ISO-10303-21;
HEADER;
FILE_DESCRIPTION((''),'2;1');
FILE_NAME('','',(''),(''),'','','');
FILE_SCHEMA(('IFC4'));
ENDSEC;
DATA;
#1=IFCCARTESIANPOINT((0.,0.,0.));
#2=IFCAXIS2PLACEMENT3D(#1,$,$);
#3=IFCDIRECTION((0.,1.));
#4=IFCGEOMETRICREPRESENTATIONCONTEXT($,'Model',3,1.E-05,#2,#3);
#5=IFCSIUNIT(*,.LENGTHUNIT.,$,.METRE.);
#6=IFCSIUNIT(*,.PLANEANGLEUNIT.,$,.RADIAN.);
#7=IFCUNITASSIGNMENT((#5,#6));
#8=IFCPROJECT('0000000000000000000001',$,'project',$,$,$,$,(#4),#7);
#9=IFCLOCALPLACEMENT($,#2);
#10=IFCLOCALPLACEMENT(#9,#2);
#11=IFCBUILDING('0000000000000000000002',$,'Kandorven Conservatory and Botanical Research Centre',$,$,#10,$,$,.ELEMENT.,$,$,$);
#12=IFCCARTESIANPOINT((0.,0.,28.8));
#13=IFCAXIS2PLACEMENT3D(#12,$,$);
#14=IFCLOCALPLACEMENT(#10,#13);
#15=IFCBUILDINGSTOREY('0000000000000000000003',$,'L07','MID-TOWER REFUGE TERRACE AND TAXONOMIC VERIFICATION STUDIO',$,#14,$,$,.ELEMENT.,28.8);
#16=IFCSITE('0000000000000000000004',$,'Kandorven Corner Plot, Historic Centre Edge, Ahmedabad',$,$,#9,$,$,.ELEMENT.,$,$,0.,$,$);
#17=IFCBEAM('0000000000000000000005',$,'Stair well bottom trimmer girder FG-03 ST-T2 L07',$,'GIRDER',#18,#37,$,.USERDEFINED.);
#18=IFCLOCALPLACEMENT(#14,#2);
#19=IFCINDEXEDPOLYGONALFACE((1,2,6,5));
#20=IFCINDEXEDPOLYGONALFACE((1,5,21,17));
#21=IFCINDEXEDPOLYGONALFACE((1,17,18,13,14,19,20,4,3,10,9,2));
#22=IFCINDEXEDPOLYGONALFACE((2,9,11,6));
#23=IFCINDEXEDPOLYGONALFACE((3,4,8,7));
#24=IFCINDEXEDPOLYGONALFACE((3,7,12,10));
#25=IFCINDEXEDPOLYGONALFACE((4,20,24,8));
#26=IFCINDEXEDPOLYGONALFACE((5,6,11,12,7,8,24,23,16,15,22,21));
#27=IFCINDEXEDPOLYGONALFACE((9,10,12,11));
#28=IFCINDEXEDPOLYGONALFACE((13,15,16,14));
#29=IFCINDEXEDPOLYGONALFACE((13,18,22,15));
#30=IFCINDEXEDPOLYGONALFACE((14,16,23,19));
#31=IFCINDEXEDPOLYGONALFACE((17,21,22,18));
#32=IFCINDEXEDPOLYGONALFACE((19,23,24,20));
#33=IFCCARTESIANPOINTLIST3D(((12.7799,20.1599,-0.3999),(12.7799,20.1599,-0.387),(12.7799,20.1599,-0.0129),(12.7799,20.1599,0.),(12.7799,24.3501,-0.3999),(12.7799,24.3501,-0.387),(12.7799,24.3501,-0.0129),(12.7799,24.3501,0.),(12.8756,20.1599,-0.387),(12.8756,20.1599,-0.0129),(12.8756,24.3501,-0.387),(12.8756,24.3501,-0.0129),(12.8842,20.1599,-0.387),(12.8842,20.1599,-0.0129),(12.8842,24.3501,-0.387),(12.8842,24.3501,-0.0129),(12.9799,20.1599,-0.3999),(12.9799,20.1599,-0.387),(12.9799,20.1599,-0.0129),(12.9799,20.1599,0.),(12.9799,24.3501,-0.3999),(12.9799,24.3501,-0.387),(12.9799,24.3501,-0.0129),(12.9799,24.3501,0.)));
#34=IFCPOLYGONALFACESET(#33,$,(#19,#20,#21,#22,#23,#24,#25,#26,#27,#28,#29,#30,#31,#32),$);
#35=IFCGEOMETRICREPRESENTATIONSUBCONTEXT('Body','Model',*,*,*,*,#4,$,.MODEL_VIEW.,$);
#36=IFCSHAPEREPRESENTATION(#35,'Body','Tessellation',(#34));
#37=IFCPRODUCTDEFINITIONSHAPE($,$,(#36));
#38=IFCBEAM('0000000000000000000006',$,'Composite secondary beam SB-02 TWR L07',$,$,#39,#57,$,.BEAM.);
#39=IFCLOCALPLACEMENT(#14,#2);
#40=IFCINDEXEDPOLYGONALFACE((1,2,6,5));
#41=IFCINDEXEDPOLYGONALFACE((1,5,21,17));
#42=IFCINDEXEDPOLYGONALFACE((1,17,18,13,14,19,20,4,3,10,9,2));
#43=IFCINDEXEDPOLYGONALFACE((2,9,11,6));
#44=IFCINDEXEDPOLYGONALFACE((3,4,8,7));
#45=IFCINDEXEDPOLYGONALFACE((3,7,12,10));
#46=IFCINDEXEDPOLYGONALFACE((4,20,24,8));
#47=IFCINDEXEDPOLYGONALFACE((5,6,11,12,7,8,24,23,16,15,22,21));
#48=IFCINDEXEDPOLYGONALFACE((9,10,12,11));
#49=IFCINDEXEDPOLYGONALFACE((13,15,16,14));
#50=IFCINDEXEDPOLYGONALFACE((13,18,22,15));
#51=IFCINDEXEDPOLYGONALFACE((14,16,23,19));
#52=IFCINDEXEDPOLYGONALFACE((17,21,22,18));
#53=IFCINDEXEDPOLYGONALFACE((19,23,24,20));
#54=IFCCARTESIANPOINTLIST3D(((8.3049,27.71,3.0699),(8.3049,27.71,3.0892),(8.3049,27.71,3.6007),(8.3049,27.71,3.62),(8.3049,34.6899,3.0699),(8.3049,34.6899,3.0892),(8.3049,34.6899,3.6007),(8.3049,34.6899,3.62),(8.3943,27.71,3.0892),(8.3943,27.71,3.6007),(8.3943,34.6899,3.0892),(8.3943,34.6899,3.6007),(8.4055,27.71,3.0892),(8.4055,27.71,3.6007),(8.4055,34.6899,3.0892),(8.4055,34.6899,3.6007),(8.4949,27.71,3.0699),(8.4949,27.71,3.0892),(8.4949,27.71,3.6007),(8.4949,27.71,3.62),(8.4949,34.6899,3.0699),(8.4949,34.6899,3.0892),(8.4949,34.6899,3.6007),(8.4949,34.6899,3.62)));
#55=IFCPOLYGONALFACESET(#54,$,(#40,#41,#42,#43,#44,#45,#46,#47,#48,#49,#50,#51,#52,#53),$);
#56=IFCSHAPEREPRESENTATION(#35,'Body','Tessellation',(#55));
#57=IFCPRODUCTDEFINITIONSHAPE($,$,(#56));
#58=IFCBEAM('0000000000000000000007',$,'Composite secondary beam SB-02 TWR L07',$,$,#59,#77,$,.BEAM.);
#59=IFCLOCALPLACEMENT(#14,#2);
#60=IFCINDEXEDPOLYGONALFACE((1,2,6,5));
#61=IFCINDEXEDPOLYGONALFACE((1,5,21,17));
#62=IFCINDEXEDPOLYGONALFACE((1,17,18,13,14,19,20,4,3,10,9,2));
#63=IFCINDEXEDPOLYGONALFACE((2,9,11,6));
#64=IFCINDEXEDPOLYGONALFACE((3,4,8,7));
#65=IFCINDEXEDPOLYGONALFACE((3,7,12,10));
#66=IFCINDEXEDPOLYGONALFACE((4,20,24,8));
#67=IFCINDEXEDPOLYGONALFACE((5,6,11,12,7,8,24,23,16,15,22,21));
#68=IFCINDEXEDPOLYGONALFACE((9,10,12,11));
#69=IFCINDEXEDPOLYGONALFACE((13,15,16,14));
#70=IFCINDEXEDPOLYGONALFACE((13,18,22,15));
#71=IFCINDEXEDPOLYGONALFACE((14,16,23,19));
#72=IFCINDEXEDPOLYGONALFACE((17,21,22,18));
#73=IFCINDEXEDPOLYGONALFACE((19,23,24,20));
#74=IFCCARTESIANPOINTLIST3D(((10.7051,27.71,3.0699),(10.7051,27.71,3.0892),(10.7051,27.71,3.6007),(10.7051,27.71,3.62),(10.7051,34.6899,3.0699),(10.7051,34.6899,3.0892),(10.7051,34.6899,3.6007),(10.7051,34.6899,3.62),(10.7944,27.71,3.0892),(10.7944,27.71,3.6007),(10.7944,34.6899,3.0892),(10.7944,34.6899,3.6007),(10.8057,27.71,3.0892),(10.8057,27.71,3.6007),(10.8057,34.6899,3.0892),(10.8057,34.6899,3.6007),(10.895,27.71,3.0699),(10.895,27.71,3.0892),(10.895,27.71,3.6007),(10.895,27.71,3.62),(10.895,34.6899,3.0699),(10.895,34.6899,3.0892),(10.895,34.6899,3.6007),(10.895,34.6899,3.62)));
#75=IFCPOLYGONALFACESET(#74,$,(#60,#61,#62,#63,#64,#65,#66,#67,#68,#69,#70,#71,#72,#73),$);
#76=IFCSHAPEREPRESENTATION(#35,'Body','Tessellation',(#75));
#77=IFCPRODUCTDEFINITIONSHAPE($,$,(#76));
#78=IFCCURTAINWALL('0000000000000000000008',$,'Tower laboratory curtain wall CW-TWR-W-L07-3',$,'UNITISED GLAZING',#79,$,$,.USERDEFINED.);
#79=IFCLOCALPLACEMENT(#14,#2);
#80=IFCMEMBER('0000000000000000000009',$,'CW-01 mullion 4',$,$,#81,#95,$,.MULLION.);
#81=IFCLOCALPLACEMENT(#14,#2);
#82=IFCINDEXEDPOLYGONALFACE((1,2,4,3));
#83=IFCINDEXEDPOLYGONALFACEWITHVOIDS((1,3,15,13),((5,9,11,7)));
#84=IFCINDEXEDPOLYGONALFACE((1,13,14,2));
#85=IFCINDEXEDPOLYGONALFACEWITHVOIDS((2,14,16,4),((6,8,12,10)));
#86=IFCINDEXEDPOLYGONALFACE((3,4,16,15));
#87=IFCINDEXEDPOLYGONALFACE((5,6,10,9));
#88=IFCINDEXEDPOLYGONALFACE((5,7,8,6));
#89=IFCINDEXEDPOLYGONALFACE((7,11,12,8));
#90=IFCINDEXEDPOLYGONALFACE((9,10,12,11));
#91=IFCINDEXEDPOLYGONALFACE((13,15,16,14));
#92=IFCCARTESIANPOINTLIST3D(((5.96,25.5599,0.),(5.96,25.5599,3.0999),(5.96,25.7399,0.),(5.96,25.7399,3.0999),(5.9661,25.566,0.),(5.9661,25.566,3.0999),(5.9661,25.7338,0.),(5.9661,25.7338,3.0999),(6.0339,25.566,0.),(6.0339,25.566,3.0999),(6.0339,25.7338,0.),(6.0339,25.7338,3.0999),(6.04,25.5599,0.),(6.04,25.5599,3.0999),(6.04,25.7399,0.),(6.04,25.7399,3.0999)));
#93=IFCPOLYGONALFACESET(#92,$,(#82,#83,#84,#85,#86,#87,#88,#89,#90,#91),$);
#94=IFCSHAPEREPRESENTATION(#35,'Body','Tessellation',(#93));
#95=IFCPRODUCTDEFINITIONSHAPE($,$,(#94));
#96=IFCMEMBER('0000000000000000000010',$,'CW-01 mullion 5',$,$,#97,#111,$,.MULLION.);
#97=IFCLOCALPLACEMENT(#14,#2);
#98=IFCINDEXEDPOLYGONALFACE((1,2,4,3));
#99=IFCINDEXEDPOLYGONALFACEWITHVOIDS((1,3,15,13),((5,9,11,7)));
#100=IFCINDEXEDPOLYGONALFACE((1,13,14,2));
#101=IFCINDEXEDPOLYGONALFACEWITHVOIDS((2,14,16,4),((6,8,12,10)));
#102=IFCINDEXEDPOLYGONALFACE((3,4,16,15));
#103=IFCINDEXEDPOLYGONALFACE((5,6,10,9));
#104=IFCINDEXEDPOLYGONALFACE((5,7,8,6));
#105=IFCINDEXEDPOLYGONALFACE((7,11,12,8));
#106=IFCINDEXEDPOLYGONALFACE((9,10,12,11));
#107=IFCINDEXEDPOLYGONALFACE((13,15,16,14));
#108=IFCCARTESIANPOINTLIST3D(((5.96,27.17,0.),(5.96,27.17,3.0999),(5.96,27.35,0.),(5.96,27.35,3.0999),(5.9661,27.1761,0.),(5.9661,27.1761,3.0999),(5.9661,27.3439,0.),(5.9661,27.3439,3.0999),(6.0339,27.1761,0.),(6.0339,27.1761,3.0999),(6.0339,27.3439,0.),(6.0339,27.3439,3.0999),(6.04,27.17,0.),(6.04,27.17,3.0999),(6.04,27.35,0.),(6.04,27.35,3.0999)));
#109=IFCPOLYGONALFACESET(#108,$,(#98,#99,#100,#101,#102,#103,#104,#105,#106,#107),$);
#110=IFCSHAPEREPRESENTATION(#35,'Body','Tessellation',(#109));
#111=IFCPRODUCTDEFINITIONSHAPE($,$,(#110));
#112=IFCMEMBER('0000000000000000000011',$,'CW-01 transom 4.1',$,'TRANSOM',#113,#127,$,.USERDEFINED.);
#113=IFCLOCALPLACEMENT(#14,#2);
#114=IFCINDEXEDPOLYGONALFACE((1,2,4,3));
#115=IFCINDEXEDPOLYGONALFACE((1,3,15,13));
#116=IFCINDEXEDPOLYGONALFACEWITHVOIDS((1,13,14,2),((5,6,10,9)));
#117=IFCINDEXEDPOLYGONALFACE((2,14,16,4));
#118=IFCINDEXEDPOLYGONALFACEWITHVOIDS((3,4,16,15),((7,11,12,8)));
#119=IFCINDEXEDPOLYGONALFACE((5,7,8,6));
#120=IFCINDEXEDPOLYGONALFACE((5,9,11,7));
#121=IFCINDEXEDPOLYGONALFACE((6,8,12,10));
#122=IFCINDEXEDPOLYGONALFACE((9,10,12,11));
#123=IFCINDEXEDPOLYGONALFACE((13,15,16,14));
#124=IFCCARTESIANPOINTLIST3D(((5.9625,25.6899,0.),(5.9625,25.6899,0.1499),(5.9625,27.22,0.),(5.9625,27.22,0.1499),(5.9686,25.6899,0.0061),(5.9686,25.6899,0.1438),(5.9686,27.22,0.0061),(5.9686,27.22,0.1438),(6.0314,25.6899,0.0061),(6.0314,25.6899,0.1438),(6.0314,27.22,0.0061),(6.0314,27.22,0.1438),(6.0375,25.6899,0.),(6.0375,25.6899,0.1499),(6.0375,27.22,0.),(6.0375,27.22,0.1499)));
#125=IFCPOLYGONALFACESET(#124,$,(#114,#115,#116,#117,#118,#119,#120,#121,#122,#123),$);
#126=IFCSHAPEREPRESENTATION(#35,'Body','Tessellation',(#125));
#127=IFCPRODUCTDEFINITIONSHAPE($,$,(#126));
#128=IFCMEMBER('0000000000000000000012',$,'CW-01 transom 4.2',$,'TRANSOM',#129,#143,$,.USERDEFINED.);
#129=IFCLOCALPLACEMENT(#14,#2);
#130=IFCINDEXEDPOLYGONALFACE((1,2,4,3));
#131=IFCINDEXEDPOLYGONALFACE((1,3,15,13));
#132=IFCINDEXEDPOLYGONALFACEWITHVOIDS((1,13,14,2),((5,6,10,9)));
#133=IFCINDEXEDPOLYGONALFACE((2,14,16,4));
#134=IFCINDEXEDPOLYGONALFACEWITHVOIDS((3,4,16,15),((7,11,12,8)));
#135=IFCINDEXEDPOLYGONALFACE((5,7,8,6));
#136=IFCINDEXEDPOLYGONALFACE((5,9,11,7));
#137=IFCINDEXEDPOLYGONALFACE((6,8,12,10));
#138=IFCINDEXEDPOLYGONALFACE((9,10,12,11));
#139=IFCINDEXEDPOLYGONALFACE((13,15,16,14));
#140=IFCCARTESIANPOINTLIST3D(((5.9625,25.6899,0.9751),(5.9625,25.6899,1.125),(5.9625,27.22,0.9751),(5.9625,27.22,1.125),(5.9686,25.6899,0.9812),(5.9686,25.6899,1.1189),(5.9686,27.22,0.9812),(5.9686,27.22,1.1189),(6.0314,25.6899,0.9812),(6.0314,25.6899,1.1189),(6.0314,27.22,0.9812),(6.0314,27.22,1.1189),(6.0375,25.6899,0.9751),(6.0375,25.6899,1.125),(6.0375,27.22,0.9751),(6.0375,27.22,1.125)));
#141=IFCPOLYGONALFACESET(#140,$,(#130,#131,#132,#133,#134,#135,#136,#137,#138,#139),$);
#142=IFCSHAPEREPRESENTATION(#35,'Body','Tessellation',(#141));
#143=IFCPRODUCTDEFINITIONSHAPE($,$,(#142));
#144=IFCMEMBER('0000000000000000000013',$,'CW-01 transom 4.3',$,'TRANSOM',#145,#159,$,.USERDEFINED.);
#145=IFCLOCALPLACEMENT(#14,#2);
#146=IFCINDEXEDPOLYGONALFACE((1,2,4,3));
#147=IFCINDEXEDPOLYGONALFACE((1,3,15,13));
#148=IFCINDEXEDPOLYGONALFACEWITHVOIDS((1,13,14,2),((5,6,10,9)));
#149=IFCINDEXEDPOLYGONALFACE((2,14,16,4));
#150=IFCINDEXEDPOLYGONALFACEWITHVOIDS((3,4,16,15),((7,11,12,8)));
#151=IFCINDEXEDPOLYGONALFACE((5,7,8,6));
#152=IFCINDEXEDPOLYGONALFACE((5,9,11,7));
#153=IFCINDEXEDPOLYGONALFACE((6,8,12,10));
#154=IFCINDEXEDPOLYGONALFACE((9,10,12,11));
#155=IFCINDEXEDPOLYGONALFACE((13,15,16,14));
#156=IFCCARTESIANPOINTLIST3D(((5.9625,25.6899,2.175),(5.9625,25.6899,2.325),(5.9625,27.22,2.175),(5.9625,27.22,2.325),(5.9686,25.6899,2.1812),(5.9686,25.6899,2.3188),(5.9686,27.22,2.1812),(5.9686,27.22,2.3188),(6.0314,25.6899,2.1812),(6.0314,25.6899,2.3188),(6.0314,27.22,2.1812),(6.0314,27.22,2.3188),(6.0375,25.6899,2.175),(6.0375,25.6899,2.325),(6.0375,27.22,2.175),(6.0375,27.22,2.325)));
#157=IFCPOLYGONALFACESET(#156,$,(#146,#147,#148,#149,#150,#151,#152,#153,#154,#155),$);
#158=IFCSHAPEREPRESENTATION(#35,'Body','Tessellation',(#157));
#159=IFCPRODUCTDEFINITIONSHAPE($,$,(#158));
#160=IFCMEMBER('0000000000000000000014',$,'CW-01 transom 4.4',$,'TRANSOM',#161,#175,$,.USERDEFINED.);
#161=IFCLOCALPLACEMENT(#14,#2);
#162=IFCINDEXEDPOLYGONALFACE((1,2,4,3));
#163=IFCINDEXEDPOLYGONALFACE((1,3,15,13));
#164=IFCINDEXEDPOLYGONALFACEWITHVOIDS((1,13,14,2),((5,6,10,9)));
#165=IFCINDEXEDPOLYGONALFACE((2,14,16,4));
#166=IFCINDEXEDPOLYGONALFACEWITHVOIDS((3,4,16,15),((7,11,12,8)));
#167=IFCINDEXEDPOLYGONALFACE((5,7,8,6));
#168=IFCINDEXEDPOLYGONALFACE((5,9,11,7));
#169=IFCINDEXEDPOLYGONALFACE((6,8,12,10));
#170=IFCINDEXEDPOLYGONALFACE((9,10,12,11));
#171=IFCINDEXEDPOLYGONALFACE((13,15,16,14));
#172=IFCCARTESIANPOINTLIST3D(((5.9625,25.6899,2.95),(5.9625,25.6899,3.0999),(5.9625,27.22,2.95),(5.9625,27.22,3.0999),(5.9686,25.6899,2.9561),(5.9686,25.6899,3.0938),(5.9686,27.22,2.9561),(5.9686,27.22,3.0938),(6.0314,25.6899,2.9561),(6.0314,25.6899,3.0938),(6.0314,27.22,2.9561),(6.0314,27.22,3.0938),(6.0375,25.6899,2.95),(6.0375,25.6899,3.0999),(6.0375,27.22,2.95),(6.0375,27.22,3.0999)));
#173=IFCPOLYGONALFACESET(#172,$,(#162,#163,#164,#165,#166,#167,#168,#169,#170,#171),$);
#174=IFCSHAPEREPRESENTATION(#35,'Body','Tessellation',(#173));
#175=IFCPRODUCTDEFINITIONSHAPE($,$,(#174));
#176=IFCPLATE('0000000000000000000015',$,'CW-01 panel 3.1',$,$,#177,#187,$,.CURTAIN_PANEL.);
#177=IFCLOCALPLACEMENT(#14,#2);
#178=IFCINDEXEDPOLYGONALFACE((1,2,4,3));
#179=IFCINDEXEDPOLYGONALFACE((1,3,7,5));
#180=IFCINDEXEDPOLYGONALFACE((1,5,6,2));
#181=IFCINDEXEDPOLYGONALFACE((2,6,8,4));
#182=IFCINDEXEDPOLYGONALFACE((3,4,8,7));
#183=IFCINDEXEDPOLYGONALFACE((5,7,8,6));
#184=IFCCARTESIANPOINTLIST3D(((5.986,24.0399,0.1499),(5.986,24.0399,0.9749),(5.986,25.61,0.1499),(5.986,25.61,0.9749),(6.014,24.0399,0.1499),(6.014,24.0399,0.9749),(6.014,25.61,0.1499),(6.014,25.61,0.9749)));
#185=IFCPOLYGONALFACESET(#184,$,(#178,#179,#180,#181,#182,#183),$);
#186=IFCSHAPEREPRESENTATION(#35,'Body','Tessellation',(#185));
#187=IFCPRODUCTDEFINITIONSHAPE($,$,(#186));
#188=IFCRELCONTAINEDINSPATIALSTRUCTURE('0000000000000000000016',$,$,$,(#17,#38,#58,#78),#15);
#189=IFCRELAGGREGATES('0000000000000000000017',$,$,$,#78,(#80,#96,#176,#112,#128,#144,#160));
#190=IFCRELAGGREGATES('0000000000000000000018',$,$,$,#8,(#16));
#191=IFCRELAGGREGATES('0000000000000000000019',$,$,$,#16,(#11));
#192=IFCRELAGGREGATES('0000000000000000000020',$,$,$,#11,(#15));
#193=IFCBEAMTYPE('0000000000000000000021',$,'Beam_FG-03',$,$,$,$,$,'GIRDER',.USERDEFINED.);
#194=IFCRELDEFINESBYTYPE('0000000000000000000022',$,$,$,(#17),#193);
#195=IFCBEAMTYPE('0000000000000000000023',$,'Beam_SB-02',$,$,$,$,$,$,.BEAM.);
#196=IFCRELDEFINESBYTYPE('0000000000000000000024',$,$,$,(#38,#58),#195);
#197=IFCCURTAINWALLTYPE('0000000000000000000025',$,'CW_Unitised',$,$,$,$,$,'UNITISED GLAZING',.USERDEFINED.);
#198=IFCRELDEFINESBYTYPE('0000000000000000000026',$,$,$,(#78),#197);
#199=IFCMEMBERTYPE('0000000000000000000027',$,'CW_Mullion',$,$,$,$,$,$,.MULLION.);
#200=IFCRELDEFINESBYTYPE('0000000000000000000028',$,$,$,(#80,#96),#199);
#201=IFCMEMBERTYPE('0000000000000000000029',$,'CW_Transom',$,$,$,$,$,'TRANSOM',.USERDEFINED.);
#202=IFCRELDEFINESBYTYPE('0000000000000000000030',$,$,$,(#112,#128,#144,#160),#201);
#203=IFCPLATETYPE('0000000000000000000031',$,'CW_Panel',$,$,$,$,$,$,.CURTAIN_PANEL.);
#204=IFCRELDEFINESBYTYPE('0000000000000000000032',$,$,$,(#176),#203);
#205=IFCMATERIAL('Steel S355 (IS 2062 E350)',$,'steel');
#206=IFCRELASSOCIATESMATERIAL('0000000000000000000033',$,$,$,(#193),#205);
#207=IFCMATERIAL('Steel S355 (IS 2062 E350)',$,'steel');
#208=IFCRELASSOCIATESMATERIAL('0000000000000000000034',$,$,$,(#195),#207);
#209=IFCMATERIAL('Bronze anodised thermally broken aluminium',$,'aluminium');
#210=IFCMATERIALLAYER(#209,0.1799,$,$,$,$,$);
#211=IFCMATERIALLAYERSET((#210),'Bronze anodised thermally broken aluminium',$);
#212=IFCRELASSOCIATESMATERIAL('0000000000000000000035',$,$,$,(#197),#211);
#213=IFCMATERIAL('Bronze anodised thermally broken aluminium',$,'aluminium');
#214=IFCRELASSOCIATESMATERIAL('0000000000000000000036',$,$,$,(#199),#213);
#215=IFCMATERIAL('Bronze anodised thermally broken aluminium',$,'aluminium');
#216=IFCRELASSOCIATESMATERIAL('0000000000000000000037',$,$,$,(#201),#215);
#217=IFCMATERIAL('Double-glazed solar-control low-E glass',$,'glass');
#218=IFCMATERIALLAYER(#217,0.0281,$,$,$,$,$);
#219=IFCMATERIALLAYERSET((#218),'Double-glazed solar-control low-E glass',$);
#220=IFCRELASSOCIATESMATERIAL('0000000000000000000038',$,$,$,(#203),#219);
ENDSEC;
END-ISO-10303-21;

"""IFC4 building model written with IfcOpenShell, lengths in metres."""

from ifc_helpers import new_model, si_unit, direction, frame, origin, origin_2d, place, context, subcontext, project, spatial, rectangle, hollow_rectangle, i_section, extrude, material, layer, layer_set, material_profile, profile_set, type_object, element, aggregate, save


model = new_model("IFC4")

# Units and contexts
model_context = context("Model", 3, precision=1e-05, world=origin(), true_north=direction((0.0, 1.0)))
body_context = subcontext(model_context, "Body", "Model", "MODEL_VIEW")
ifc_project = project(units=[si_unit("LENGTHUNIT", "METRE"), si_unit("PLANEANGLEUNIT", "RADIAN")], contexts=[model_context])

# Site, building, storey
site_placement = place(None, origin())
site = spatial("IfcSite", under=ifc_project, at=site_placement, Name="Kandorven Corner Plot, Historic Centre Edge, Ahmedabad", CompositionType="ELEMENT", RefElevation=0.0)
building_placement = place(site_placement, origin())
building = spatial("IfcBuilding", under=site, at=building_placement, Name="Kandorven Conservatory and Botanical Research Centre", CompositionType="ELEMENT")
storey_placement = place(building_placement, frame((0.0, 0.0, 28.8)))
storey = spatial("IfcBuildingStorey", under=building, at=storey_placement, Name="L07", Description="MID-TOWER REFUGE TERRACE AND TAXONOMIC VERIFICATION STUDIO", CompositionType="ELEMENT", Elevation=28.8)

# Beams
ifc_material_1 = material(Name="Steel S355 (IS 2062 E350)", Category="steel")
ifc_material_profile_1 = material_profile(ifc_material_1, i_section(OverallWidth=0.2, OverallDepth=0.3999, WebThickness=0.0085, FlangeThickness=0.0129, at=origin_2d()))
ifc_profile_set_1 = profile_set([ifc_material_profile_1], Name="Steel S355 (IS 2062 E350)")
beam_type_1 = type_object("IfcBeamType", Name="Beam_FG-03", ElementType="GIRDER", PredefinedType="USERDEFINED", material=ifc_profile_set_1)
beam_1_placement = place(storey_placement, frame((12.8799, 24.3501, -0.2), z_axis=(0.0, -1.0, 0.0), x_axis=(1.0, 0.0, 0.0)))
element("IfcBeam", 1, at=beam_1_placement, inside=storey, type_object=beam_type_1, Name="Stair well bottom trimmer girder FG-03 ST-T2 L07", ObjectType="GIRDER", PredefinedType="USERDEFINED", context=body_context, shape_type="SweptSolid", body=[
    extrude(i_section(OverallWidth=0.2, OverallDepth=0.3999, WebThickness=0.0085, FlangeThickness=0.0129, at=origin_2d()), origin(), (0.0, 0.0, 1.0), 4.1902),
])
ifc_material_2 = material(Name="Steel S355 (IS 2062 E350)", Category="steel")
ifc_material_profile_2 = material_profile(ifc_material_2, i_section(OverallWidth=0.1899, OverallDepth=0.55, WebThickness=0.0112, FlangeThickness=0.0193, at=origin_2d()))
ifc_profile_set_2 = profile_set([ifc_material_profile_2], Name="Steel S355 (IS 2062 E350)")
beam_type_2 = type_object("IfcBeamType", Name="Beam_SB-02", PredefinedType="BEAM", material=ifc_profile_set_2)
for number, where, z_axis, x_axis, name in (
    (2, (8.3999, 27.71, 3.345), (0.0, 1.0, 0.0), (-1.0, 0.0, 0.0), "Composite secondary beam SB-02 TWR L07"),
    (3, (10.8, 27.71, 3.345), (0.0, 1.0, 0.0), (-1.0, 0.0, 0.0), "Composite secondary beam SB-02 TWR L07"),
):
    element("IfcBeam", number, at=place(storey_placement, frame(where, z_axis=z_axis, x_axis=x_axis)), inside=storey, type_object=beam_type_2, Name=name, PredefinedType="BEAM", context=body_context, shape_type="SweptSolid", body=[
        extrude(i_section(OverallWidth=0.1899, OverallDepth=0.55, WebThickness=0.0112, FlangeThickness=0.0193, at=origin_2d()), origin(), (0.0, 0.0, 1.0), 6.98),
    ])

# Curtain wall, members, plate
ifc_material_3 = material(Name="Bronze anodised thermally broken aluminium", Category="aluminium")
ifc_layer_1 = layer(ifc_material_3, 0.1799)
ifc_layer_set_1 = layer_set([ifc_layer_1], Name="Bronze anodised thermally broken aluminium")
curtain_wall_type = type_object("IfcCurtainWallType", Name="CW_Unitised", ElementType="UNITISED GLAZING", PredefinedType="USERDEFINED", material=ifc_layer_set_1)
curtain_wall_placement = place(storey_placement, origin())
curtain_wall = element("IfcCurtainWall", 4, at=curtain_wall_placement, inside=storey, type_object=curtain_wall_type, Name="Tower laboratory curtain wall CW-TWR-W-L07-3", ObjectType="UNITISED GLAZING", PredefinedType="USERDEFINED")
ifc_material_4 = material(Name="Bronze anodised thermally broken aluminium", Category="aluminium")
ifc_material_profile_3 = material_profile(ifc_material_4, hollow_rectangle(XDim=0.0801, YDim=0.1799, WallThickness=0.0061, at=origin_2d()))
ifc_profile_set_3 = profile_set([ifc_material_profile_3], Name="Bronze anodised thermally broken aluminium")
member_type_1 = type_object("IfcMemberType", Name="CW_Mullion", PredefinedType="MULLION", material=ifc_profile_set_3)
member_1_placement = place(storey_placement, frame((6.0, 25.6499, 0.0), z_axis=(0.0, 0.0, 1.0), x_axis=(-1.0, 0.0, 0.0)))
member_1 = element("IfcMember", 5, at=member_1_placement, type_object=member_type_1, Name="CW-01 mullion 4", PredefinedType="MULLION", context=body_context, shape_type="SweptSolid", body=[
    extrude(hollow_rectangle(XDim=0.0801, YDim=0.1799, WallThickness=0.0061, at=origin_2d()), origin(), (0.0, 0.0, 1.0), 3.0999),
])
member_2_placement = place(storey_placement, frame((6.0, 27.26, 0.0), z_axis=(0.0, 0.0, 1.0), x_axis=(-1.0, 0.0, 0.0)))
member_2 = element("IfcMember", 6, at=member_2_placement, type_object=member_type_1, Name="CW-01 mullion 5", PredefinedType="MULLION", context=body_context, shape_type="SweptSolid", body=[
    extrude(hollow_rectangle(XDim=0.0801, YDim=0.1799, WallThickness=0.0061, at=origin_2d()), origin(), (0.0, 0.0, 1.0), 3.0999),
])
ifc_material_5 = material(Name="Bronze anodised thermally broken aluminium", Category="aluminium")
ifc_material_profile_4 = material_profile(ifc_material_5, hollow_rectangle(XDim=0.075, YDim=0.1499, WallThickness=0.0061, at=origin_2d()))
ifc_profile_set_4 = profile_set([ifc_material_profile_4], Name="Bronze anodised thermally broken aluminium")
member_type_2 = type_object("IfcMemberType", Name="CW_Transom", ElementType="TRANSOM", PredefinedType="USERDEFINED", material=ifc_profile_set_4)
member_3_placement = place(storey_placement, frame((6.0, 25.6899, 0.075), z_axis=(0.0, 1.0, 0.0), x_axis=(-1.0, 0.0, 0.0)))
member_3 = element("IfcMember", 7, at=member_3_placement, type_object=member_type_2, Name="CW-01 transom 4.1", ObjectType="TRANSOM", PredefinedType="USERDEFINED", context=body_context, shape_type="SweptSolid", body=[
    extrude(hollow_rectangle(XDim=0.075, YDim=0.1499, WallThickness=0.0061, at=origin_2d()), origin(), (0.0, 0.0, 1.0), 1.53),
])
member_4_placement = place(storey_placement, frame((6.0, 25.6899, 1.05), z_axis=(0.0, 1.0, 0.0), x_axis=(-1.0, 0.0, 0.0)))
member_4 = element("IfcMember", 8, at=member_4_placement, type_object=member_type_2, Name="CW-01 transom 4.2", ObjectType="TRANSOM", PredefinedType="USERDEFINED", context=body_context, shape_type="SweptSolid", body=[
    extrude(hollow_rectangle(XDim=0.075, YDim=0.1499, WallThickness=0.0061, at=origin_2d()), origin(), (0.0, 0.0, 1.0), 1.53),
])
member_5_placement = place(storey_placement, frame((6.0, 25.6899, 2.25), z_axis=(0.0, 1.0, 0.0), x_axis=(-1.0, 0.0, 0.0)))
member_5 = element("IfcMember", 9, at=member_5_placement, type_object=member_type_2, Name="CW-01 transom 4.3", ObjectType="TRANSOM", PredefinedType="USERDEFINED", context=body_context, shape_type="SweptSolid", body=[
    extrude(hollow_rectangle(XDim=0.075, YDim=0.1499, WallThickness=0.0061, at=origin_2d()), origin(), (0.0, 0.0, 1.0), 1.53),
])
member_6_placement = place(storey_placement, frame((6.0, 25.6899, 3.0249), z_axis=(0.0, 1.0, 0.0), x_axis=(-1.0, 0.0, 0.0)))
member_6 = element("IfcMember", 10, at=member_6_placement, type_object=member_type_2, Name="CW-01 transom 4.4", ObjectType="TRANSOM", PredefinedType="USERDEFINED", context=body_context, shape_type="SweptSolid", body=[
    extrude(hollow_rectangle(XDim=0.075, YDim=0.1499, WallThickness=0.0061, at=origin_2d()), origin(), (0.0, 0.0, 1.0), 1.53),
])
ifc_material_6 = material(Name="Double-glazed solar-control low-E glass", Category="glass")
ifc_layer_2 = layer(ifc_material_6, 0.0281)
ifc_layer_set_2 = layer_set([ifc_layer_2], Name="Double-glazed solar-control low-E glass")
plate_type = type_object("IfcPlateType", Name="CW_Panel", PredefinedType="CURTAIN_PANEL", material=ifc_layer_set_2)
plate_1_placement = place(storey_placement, frame((6.0, 24.825, 0.1499), z_axis=(0.0, 0.0, 1.0), x_axis=(0.0, 1.0, 0.0)))
plate_1 = element("IfcPlate", 11, at=plate_1_placement, type_object=plate_type, Name="CW-01 panel 3.1", PredefinedType="CURTAIN_PANEL", context=body_context, shape_type="SweptSolid", body=[
    extrude(rectangle(XDim=1.5701, YDim=0.0281, at=origin_2d()), origin(), (0.0, 0.0, 1.0), 0.825),
])
aggregate(curtain_wall, [member_1, member_2, plate_1, member_3, member_4, member_5, member_6])

save(model, "model.ifc")
